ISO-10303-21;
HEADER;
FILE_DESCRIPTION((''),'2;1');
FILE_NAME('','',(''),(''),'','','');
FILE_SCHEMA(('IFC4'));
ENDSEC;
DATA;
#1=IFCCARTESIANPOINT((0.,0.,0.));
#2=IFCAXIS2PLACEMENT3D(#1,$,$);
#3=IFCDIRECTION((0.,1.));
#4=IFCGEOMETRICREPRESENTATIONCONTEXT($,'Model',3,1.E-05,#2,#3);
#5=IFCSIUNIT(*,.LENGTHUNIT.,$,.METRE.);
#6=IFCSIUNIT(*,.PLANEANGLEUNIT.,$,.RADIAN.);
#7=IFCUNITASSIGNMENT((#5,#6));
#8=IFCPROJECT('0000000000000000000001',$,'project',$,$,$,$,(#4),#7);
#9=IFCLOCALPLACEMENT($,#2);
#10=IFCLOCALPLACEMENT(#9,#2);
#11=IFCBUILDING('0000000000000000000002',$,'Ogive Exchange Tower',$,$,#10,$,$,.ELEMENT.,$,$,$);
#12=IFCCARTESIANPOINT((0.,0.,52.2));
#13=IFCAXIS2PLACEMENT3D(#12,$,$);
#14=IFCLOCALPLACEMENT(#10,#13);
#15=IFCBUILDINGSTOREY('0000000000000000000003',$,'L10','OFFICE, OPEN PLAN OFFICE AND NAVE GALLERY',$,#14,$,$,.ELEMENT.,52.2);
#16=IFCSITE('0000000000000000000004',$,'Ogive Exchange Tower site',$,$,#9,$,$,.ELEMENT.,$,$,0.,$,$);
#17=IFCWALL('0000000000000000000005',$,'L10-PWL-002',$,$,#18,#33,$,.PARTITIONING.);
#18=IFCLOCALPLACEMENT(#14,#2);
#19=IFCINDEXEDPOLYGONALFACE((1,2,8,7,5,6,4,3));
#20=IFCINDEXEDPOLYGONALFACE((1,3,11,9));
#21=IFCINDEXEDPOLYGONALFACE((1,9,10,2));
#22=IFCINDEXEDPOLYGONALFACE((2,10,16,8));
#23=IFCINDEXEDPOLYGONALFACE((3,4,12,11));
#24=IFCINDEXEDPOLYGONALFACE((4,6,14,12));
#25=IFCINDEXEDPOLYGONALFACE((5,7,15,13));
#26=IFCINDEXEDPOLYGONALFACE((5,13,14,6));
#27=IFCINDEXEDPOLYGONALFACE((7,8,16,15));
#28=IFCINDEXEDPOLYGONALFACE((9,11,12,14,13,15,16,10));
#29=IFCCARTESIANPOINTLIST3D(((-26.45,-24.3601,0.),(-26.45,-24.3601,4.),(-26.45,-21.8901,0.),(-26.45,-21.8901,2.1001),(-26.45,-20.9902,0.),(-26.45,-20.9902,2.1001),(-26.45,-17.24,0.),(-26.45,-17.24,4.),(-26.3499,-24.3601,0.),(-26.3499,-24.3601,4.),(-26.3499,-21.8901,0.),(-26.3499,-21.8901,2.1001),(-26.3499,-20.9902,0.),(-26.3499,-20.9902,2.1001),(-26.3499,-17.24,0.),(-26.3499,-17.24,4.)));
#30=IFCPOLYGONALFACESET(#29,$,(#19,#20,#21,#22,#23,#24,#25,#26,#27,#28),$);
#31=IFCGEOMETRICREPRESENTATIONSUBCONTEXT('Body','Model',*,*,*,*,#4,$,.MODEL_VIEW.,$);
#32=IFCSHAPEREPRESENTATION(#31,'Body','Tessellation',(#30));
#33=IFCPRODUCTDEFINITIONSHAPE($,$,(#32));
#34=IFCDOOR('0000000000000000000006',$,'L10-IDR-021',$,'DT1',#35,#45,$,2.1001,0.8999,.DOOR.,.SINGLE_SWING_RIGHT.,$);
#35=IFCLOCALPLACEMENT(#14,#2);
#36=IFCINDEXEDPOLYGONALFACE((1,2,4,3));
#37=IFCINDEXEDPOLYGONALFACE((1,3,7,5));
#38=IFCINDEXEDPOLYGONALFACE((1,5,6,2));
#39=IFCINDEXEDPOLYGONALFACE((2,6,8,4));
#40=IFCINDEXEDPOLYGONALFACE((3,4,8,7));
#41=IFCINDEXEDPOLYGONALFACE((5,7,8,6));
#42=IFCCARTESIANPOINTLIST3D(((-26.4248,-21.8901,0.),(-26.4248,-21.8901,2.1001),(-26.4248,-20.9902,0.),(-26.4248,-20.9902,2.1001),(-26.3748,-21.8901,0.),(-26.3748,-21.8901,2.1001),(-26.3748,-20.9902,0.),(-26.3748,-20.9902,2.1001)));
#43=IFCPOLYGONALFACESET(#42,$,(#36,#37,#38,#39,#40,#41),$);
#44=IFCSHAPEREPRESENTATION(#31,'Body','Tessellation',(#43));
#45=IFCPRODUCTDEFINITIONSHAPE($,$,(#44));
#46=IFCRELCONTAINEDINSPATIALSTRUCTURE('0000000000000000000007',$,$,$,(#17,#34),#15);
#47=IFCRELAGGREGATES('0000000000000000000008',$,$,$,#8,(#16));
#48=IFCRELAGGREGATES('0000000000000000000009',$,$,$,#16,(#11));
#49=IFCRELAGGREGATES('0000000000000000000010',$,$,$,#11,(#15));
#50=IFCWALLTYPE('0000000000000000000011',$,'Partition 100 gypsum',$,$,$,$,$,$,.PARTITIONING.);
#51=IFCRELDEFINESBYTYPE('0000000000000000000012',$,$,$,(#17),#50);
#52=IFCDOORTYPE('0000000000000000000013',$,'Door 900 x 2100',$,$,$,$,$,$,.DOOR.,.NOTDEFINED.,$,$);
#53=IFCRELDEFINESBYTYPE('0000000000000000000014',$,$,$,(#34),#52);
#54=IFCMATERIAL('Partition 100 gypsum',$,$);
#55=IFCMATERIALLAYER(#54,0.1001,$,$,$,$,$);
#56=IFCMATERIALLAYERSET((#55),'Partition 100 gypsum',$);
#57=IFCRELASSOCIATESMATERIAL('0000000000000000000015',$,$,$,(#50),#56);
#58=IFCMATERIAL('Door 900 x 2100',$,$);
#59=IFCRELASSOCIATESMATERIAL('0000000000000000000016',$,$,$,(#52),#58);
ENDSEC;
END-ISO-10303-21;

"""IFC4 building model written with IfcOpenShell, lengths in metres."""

from ifc_helpers import new_model, si_unit, direction, frame, frame_2d, origin, place, context, subcontext, project, spatial, rectangle, extrude, material, layer, layer_set, type_object, element, fill, save


model = new_model("IFC4")

# Units and contexts
model_context = context("Model", 3, precision=1e-05, world=origin(), true_north=direction((0.0, 1.0)))
body_context = subcontext(model_context, "Body", "Model", "MODEL_VIEW")
ifc_project = project(units=[si_unit("LENGTHUNIT", "METRE"), si_unit("PLANEANGLEUNIT", "RADIAN")], contexts=[model_context])

# Site, building, storey
site_placement = place(None, origin())
site = spatial("IfcSite", under=ifc_project, at=site_placement, Name="Ogive Exchange Tower site", CompositionType="ELEMENT", RefElevation=0.0)
building_placement = place(site_placement, origin())
building = spatial("IfcBuilding", under=site, at=building_placement, Name="Ogive Exchange Tower", CompositionType="ELEMENT")
storey_placement = place(building_placement, frame((0.0, 0.0, 52.2)))
storey = spatial("IfcBuildingStorey", under=building, at=storey_placement, Name="L10", Description="OFFICE, OPEN PLAN OFFICE AND NAVE GALLERY", CompositionType="ELEMENT", Elevation=52.2)

# Shared definitions
ifc_material_1 = material(Name="Partition 100 gypsum")
ifc_layer_1 = layer(ifc_material_1, 0.1001)
ifc_layer_set_1 = layer_set([ifc_layer_1], Name="Partition 100 gypsum")
wall_type_1 = type_object("IfcWallType", Name="Partition 100 gypsum", PredefinedType="PARTITIONING", material=ifc_layer_set_1)

# Wall, opening, door
wall_1_placement = place(storey_placement, frame((-26.3999, -24.3601, 0.0), z_axis=(0.0, 0.0, 1.0), x_axis=(0.0, 1.0, 0.0)))
wall_1 = element("IfcWall", 1, at=wall_1_placement, inside=storey, type_object=wall_type_1, Name="L10-PWL-002", PredefinedType="PARTITIONING", context=body_context, shape_type="SweptSolid", body=[
    extrude(rectangle(XDim=7.1201, YDim=0.1001, at=frame_2d((3.5601, 0.0))), origin(), (0.0, 0.0, 1.0), 4.0),
])
opening_1_placement = place(wall_1_placement, frame((2.47, 0.0, 0.0)))
opening_1 = element("IfcOpeningElement", 2, at=opening_1_placement, cuts=wall_1, PredefinedType="OPENING", context=body_context, shape_type="SweptSolid", body=[
    extrude(rectangle(XDim=0.8999, YDim=2.1001, at=frame_2d((0.45, 1.05))), frame((0.0, 0.0601, 0.0), z_axis=(0.0, -1.0, 0.0), x_axis=(1.0, 0.0, 0.0)), (0.0, 0.0, 1.0), 0.1201),
])
ifc_material_2 = material(Name="Door 900 x 2100")
door_type_1 = type_object("IfcDoorType", Name="Door 900 x 2100", OperationType="NOTDEFINED", PredefinedType="DOOR", material=ifc_material_2)
door_1_placement = place(opening_1_placement, origin())
door_1 = element("IfcDoor", 3, at=door_1_placement, inside=storey, type_object=door_type_1, Name="L10-IDR-021", ObjectType="DT1", OperationType="SINGLE_SWING_RIGHT", OverallHeight=2.1001, OverallWidth=0.8999, PredefinedType="DOOR", context=body_context, shape_type="SweptSolid", body=[
    extrude(rectangle(XDim=0.8999, YDim=2.1001, at=frame_2d((0.45, 1.05))), frame((0.0, 0.0249, 0.0), z_axis=(0.0, -1.0, 0.0), x_axis=(1.0, 0.0, 0.0)), (0.0, 0.0, 1.0), 0.05),
])
fill(opening_1, door_1)

save(model, "model.ifc")
